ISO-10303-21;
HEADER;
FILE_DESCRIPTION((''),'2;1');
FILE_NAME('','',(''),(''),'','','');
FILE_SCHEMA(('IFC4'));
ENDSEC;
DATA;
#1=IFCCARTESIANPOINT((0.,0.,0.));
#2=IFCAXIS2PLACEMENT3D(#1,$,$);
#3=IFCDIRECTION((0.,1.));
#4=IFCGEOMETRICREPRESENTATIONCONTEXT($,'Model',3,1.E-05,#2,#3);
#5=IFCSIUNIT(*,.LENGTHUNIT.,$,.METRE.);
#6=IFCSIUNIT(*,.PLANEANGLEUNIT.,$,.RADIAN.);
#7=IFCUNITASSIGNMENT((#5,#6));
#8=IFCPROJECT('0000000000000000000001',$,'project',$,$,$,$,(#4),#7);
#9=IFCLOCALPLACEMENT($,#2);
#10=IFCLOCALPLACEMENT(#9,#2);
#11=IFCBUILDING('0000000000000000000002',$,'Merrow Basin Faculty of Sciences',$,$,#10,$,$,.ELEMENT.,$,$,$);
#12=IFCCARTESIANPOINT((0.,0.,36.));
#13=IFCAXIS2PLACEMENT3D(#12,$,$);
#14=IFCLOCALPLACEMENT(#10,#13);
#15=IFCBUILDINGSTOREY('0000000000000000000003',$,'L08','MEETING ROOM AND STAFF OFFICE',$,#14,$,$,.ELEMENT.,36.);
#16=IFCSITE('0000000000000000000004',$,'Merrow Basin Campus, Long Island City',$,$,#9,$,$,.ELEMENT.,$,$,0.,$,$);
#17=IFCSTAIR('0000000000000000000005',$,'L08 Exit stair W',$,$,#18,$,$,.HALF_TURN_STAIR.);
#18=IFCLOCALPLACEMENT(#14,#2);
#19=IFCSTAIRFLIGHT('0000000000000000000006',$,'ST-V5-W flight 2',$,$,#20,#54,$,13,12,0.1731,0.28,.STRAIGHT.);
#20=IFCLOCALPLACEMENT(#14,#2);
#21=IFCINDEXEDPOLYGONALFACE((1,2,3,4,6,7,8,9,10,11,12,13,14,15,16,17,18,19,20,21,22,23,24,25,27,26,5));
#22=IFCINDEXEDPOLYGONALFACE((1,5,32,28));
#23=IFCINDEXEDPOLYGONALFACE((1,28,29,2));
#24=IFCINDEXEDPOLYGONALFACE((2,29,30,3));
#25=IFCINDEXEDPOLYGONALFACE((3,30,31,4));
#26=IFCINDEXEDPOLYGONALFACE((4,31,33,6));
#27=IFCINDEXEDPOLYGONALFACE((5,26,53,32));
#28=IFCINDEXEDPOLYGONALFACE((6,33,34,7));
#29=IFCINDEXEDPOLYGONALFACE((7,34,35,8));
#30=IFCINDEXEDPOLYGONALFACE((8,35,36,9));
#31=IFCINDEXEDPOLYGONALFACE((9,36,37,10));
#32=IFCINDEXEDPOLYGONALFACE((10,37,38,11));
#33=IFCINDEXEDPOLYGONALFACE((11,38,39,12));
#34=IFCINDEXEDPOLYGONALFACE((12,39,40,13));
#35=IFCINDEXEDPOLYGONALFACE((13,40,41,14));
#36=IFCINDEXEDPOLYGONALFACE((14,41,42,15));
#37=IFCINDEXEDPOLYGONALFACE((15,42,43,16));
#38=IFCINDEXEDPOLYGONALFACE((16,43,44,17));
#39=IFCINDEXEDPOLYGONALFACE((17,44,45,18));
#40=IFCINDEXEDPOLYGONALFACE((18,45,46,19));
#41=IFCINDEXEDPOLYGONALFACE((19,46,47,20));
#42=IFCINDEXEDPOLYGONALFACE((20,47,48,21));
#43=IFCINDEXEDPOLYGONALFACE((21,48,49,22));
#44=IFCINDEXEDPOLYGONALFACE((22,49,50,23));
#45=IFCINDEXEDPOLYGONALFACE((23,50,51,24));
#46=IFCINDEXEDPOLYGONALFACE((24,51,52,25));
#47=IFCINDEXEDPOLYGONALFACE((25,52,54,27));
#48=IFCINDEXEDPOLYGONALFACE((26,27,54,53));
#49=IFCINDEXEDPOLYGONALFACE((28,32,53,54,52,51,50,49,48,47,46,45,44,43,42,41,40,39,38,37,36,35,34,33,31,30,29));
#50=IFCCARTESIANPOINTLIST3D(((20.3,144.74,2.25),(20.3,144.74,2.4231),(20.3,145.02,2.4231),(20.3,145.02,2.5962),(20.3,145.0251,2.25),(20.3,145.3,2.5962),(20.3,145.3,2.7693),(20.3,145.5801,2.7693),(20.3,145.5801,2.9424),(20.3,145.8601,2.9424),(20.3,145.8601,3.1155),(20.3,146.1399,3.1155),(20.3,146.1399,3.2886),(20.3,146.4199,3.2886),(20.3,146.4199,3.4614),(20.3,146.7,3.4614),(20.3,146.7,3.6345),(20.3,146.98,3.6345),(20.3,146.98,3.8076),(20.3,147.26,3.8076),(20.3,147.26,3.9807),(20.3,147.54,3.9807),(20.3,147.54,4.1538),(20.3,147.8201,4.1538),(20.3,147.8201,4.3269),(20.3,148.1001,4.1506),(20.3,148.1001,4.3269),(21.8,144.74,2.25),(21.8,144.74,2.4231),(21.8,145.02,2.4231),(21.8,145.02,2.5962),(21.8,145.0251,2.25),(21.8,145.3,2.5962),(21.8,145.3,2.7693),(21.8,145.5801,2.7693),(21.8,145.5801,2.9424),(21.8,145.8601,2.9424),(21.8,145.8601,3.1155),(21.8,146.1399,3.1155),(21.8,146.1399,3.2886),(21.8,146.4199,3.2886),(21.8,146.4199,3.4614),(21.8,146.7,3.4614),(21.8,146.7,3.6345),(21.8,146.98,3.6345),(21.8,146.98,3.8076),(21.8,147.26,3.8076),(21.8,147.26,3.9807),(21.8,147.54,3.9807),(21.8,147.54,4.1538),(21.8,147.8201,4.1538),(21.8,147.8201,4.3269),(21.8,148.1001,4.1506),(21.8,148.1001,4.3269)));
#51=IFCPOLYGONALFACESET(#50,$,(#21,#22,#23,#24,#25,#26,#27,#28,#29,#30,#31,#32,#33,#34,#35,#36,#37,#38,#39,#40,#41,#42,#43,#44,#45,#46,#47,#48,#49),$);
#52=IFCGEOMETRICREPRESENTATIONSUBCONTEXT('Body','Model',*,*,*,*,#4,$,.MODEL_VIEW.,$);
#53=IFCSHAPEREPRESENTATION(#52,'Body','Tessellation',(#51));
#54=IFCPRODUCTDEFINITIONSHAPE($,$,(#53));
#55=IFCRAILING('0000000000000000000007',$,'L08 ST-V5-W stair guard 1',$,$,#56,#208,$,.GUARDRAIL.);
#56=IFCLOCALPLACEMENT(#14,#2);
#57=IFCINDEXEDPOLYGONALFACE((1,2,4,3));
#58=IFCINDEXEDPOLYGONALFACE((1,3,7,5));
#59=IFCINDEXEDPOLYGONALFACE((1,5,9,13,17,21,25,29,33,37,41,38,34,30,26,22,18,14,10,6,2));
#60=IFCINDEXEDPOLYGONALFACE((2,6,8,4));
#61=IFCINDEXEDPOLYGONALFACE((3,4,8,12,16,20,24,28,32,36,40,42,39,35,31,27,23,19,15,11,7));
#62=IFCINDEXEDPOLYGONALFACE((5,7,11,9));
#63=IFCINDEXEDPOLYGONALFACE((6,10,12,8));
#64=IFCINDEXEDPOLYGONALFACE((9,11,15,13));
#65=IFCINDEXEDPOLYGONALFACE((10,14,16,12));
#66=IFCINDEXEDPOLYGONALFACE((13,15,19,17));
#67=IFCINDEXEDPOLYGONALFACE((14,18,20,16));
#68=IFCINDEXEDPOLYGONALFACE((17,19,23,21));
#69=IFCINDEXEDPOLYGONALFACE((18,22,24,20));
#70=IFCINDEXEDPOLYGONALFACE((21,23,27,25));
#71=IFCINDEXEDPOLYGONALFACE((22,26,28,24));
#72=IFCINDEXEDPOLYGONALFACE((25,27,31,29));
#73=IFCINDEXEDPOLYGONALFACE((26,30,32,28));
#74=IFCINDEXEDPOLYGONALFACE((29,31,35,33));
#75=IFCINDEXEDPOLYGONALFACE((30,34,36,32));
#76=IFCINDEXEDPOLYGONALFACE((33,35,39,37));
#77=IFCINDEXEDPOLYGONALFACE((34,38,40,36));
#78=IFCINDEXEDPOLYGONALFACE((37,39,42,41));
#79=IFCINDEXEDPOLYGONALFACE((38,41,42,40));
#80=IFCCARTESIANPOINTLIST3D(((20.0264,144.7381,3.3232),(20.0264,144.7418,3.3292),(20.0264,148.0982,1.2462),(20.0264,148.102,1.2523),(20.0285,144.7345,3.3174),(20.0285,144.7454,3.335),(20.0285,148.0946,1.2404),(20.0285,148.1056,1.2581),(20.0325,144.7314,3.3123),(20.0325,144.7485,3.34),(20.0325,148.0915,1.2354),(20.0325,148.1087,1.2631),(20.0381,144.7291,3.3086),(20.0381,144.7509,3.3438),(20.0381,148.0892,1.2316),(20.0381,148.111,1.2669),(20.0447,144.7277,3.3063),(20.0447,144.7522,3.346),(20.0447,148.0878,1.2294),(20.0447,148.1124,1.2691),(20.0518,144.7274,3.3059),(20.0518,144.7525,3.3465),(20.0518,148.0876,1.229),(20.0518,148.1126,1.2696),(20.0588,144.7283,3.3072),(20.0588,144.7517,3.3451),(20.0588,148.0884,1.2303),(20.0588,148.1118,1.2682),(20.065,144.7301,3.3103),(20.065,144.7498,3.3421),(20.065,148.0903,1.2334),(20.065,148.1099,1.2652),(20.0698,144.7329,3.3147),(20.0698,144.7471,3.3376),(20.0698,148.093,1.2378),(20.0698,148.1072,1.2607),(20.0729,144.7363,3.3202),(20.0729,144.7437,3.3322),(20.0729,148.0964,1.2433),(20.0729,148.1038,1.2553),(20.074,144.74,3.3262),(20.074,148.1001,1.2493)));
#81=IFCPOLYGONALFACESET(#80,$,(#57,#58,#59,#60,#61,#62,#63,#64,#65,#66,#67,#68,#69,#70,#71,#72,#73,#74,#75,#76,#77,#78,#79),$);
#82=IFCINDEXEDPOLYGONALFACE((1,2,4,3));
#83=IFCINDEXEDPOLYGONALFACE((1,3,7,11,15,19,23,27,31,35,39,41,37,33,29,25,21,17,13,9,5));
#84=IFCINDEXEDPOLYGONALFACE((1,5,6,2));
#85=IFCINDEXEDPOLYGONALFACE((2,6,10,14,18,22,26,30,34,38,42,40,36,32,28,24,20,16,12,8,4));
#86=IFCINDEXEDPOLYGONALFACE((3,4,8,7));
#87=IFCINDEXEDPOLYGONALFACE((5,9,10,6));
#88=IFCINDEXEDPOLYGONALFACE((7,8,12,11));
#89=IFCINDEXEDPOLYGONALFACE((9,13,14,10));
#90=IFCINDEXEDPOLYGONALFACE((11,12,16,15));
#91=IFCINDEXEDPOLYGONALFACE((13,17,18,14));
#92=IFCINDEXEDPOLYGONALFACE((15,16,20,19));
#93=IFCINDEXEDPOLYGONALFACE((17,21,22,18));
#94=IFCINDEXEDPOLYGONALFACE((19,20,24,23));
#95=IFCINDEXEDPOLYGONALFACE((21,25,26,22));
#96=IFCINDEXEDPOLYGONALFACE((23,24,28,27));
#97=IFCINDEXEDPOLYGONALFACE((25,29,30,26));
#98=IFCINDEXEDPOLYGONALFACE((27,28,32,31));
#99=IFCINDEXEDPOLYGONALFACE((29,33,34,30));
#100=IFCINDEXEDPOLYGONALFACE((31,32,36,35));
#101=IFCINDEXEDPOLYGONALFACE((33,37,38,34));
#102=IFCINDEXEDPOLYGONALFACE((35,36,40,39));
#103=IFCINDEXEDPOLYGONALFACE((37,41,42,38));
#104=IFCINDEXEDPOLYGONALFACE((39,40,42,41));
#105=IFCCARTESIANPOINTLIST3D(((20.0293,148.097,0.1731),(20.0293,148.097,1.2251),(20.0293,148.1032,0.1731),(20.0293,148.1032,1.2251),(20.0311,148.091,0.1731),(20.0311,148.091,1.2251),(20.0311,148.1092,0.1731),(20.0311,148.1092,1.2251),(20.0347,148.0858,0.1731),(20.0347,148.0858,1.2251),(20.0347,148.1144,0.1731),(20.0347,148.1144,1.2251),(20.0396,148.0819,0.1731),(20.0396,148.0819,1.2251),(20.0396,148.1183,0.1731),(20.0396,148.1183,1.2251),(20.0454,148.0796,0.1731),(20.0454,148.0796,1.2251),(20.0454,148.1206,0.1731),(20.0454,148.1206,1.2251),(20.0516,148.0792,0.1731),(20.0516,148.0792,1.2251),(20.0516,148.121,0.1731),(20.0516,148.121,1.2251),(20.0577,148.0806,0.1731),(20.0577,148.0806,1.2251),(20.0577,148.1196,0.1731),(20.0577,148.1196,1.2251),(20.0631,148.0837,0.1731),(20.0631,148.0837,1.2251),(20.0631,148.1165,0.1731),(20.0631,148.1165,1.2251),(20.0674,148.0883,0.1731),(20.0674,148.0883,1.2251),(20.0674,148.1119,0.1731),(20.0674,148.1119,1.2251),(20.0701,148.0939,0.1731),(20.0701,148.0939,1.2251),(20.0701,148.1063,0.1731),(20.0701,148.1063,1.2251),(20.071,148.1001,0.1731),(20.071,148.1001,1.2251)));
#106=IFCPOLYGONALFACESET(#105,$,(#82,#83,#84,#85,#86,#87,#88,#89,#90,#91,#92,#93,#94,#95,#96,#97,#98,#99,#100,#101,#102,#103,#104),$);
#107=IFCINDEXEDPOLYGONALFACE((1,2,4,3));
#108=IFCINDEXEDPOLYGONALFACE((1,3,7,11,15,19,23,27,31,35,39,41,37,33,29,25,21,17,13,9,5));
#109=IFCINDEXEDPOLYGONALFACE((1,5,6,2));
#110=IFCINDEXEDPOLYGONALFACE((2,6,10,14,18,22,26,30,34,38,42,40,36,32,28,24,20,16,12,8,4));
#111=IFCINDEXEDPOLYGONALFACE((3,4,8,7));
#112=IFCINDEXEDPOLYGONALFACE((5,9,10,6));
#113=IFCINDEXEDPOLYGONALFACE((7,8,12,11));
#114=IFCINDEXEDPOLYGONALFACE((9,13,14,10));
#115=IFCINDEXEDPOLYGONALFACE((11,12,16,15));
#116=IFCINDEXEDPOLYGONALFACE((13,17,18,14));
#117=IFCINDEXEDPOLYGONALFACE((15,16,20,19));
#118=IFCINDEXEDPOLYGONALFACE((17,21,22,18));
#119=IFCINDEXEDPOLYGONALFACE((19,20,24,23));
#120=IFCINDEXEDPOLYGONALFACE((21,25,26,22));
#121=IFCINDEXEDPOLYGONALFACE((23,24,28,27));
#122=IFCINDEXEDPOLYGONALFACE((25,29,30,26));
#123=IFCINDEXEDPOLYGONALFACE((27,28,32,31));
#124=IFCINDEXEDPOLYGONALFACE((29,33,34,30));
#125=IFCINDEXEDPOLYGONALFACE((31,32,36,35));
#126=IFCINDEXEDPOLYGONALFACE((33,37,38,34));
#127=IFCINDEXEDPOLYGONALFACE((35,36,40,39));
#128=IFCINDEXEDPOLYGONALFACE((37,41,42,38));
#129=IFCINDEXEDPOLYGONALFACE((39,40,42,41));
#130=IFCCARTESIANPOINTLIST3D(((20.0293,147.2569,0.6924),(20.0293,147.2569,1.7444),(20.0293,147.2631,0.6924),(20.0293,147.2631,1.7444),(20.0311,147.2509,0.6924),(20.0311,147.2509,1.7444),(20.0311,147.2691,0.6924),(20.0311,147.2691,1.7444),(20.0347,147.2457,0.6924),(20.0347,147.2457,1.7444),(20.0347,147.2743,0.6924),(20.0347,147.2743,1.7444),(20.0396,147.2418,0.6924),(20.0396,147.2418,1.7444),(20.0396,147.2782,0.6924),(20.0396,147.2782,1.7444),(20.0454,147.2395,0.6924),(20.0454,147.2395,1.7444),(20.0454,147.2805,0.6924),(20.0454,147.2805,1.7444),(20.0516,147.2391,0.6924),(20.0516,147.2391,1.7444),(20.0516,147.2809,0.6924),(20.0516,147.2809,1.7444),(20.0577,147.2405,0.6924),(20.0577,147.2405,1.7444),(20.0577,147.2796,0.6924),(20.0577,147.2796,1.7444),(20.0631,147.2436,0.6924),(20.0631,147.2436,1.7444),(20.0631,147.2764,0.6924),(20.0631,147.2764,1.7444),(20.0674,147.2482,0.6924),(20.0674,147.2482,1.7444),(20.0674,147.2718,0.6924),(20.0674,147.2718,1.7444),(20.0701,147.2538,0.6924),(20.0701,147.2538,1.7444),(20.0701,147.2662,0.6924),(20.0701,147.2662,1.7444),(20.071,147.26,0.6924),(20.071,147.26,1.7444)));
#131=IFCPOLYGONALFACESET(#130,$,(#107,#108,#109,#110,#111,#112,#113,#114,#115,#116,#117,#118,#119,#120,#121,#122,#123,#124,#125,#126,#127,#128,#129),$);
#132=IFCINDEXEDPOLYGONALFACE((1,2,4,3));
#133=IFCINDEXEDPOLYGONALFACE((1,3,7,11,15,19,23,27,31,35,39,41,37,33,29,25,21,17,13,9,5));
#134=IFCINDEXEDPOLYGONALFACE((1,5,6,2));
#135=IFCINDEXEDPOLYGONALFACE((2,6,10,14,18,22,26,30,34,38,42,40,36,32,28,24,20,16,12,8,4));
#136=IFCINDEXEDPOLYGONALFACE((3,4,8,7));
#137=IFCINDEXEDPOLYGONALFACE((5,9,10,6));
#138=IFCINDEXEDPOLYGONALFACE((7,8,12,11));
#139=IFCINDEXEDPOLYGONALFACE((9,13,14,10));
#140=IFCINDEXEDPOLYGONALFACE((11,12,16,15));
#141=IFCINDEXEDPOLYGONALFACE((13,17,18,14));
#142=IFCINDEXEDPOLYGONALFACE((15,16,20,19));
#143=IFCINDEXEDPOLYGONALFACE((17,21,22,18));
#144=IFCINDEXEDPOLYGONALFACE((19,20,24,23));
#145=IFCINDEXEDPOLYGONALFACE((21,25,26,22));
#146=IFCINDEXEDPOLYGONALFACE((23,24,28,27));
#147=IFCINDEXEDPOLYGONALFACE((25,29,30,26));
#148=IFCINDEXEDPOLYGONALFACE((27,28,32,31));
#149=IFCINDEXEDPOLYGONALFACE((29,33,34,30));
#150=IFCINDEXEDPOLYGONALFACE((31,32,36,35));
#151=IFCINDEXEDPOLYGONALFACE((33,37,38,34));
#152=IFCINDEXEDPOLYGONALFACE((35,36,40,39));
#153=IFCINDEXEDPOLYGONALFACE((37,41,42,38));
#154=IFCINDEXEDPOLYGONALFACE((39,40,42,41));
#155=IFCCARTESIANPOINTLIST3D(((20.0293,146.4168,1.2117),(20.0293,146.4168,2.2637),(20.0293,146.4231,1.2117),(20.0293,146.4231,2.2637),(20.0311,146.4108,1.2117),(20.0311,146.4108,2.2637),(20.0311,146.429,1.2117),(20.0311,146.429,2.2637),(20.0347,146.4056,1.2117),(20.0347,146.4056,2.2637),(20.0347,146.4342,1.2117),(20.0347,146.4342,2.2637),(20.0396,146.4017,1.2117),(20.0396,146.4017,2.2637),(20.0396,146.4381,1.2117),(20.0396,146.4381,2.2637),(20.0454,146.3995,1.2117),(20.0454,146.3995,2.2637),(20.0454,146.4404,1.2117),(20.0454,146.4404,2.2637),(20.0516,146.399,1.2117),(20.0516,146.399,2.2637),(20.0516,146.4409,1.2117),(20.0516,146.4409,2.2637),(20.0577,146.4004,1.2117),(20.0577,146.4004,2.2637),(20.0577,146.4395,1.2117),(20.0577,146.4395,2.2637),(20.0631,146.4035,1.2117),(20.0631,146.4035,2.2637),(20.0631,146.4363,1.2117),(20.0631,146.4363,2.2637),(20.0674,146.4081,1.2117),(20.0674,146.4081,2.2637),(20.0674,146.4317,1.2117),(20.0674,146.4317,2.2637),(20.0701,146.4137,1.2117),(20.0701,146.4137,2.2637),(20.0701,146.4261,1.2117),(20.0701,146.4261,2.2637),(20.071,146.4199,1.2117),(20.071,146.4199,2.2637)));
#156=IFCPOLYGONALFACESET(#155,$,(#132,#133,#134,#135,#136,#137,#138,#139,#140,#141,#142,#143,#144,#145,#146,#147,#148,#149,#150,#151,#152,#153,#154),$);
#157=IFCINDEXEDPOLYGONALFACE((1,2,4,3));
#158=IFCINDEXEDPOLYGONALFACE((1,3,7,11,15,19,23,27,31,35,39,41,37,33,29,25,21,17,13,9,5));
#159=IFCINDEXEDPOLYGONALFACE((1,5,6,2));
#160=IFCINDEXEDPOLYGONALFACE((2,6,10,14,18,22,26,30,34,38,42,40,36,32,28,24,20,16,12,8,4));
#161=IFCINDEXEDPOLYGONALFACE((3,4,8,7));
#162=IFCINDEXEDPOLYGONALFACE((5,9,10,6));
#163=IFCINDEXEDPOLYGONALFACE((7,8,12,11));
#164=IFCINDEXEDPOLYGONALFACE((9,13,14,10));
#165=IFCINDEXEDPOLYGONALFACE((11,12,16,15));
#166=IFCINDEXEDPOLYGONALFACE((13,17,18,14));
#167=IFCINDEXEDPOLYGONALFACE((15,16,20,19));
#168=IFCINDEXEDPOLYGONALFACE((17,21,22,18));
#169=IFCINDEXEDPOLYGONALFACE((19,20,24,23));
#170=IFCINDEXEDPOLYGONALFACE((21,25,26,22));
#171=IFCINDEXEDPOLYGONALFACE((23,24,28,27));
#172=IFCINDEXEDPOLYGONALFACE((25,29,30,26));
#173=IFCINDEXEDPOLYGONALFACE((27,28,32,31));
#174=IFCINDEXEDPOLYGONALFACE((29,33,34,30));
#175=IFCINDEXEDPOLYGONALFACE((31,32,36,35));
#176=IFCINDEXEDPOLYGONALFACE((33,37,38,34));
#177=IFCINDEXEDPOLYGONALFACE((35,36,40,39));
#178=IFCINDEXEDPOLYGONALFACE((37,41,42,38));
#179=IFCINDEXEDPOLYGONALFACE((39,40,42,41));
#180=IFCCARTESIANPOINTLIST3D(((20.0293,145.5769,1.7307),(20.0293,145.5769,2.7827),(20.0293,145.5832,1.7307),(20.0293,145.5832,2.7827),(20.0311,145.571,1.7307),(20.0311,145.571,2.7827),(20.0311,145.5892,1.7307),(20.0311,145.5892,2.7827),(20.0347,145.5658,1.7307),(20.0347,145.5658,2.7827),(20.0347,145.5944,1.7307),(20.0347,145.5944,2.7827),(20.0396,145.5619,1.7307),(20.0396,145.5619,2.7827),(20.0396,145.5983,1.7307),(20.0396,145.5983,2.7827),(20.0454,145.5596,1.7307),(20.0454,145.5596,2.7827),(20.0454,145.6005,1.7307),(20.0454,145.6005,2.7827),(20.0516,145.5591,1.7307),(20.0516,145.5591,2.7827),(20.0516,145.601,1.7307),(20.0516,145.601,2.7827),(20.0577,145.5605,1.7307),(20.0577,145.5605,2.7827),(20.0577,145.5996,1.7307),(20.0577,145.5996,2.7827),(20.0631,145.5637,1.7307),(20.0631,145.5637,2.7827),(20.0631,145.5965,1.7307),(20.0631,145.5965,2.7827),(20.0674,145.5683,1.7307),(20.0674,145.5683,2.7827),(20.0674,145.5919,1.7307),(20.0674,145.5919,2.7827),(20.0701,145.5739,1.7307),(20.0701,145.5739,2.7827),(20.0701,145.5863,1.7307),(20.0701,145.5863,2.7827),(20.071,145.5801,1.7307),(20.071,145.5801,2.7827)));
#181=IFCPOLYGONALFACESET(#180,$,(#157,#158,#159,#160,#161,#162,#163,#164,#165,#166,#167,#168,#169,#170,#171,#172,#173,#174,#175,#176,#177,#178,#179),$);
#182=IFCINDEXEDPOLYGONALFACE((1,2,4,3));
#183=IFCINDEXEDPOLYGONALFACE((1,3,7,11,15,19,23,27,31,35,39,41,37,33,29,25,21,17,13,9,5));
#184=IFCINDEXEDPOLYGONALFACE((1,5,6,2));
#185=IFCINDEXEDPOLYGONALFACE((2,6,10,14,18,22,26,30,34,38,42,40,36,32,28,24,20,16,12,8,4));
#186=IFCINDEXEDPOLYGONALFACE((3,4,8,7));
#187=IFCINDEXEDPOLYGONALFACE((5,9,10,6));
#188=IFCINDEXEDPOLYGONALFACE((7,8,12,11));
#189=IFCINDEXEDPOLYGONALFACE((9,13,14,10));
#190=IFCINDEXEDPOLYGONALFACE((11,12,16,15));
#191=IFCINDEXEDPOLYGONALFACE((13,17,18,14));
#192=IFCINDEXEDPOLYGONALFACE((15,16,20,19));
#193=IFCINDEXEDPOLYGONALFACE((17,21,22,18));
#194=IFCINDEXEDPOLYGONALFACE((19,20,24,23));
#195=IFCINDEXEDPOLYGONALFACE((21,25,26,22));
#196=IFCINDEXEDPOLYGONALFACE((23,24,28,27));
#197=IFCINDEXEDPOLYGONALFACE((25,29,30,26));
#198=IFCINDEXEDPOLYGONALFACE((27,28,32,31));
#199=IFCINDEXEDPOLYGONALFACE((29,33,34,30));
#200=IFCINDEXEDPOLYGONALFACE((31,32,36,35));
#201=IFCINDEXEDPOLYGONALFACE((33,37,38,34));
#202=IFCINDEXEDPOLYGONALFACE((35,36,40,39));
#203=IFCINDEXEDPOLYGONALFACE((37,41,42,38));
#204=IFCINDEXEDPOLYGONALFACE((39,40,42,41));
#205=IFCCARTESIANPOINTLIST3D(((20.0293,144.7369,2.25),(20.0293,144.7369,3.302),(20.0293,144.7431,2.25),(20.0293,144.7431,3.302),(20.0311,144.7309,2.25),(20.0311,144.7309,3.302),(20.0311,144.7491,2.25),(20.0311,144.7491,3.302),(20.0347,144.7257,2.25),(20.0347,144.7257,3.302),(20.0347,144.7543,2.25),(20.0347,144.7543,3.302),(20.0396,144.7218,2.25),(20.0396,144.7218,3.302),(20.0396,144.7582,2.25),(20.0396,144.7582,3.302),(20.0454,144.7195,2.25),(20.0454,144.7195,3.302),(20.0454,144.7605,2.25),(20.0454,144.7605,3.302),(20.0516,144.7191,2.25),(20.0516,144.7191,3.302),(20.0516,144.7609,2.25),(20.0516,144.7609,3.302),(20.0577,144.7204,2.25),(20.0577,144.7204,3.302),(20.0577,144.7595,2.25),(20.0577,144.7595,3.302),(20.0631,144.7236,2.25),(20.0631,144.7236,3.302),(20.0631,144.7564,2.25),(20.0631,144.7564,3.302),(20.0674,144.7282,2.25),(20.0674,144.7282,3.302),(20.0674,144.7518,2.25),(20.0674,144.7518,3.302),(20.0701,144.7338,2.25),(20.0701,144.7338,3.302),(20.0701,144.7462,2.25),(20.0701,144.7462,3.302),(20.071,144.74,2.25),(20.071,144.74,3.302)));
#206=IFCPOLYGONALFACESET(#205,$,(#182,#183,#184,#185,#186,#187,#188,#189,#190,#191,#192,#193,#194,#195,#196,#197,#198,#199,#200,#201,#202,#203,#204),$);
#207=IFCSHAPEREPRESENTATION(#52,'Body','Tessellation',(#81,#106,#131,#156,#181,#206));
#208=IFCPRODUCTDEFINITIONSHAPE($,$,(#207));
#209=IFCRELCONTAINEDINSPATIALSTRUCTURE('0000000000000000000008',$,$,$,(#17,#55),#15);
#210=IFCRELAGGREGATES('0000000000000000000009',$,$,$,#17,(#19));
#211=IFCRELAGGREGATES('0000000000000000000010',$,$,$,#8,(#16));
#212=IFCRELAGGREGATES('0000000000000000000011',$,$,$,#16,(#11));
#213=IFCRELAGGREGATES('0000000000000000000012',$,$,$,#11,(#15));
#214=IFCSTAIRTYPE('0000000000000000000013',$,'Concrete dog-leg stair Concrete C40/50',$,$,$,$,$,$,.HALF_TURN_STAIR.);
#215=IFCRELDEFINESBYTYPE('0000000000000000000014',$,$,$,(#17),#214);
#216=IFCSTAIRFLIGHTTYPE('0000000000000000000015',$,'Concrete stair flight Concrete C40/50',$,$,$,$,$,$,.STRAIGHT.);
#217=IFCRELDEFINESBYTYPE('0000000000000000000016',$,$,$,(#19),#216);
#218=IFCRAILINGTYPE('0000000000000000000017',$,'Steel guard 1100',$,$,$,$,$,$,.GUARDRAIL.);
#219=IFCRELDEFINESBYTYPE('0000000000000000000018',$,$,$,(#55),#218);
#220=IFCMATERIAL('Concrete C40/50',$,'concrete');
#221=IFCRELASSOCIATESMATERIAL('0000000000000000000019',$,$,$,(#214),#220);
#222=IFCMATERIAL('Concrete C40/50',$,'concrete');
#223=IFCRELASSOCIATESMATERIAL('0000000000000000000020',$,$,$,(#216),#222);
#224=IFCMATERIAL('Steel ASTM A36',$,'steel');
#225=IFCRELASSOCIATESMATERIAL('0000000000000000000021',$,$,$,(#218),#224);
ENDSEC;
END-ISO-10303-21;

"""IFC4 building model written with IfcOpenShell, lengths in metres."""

from ifc_helpers import new_model, si_unit, direction, frame, origin, origin_2d, place, context, subcontext, project, spatial, polyline, circle, outline, extrude, material, type_object, element, aggregate, save


model = new_model("IFC4")

# Units and contexts
model_context = context("Model", 3, precision=1e-05, world=origin(), true_north=direction((0.0, 1.0)))
body_context = subcontext(model_context, "Body", "Model", "MODEL_VIEW")
ifc_project = project(units=[si_unit("LENGTHUNIT", "METRE"), si_unit("PLANEANGLEUNIT", "RADIAN")], contexts=[model_context])

# Site, building, storey
site_placement = place(None, origin())
site = spatial("IfcSite", under=ifc_project, at=site_placement, Name="Merrow Basin Campus, Long Island City", CompositionType="ELEMENT", RefElevation=0.0)
building_placement = place(site_placement, origin())
building = spatial("IfcBuilding", under=site, at=building_placement, Name="Merrow Basin Faculty of Sciences", CompositionType="ELEMENT")
storey_placement = place(building_placement, frame((0.0, 0.0, 36.0)))
storey = spatial("IfcBuildingStorey", under=building, at=storey_placement, Name="L08", Description="MEETING ROOM AND STAFF OFFICE", CompositionType="ELEMENT", Elevation=36.0)

# Stair, stair flight
ifc_material_1 = material(Name="Concrete C40/50", Category="concrete")
stair_type = type_object("IfcStairType", Name="Concrete dog-leg stair Concrete C40/50", PredefinedType="HALF_TURN_STAIR", material=ifc_material_1)
stair_placement = place(storey_placement, origin())
stair = element("IfcStair", 1, at=stair_placement, inside=storey, type_object=stair_type, Name="L08 Exit stair W", PredefinedType="HALF_TURN_STAIR")
ifc_material_2 = material(Name="Concrete C40/50", Category="concrete")
stair_flight_type = type_object("IfcStairFlightType", Name="Concrete stair flight Concrete C40/50", PredefinedType="STRAIGHT", material=ifc_material_2)
stair_flight_1_placement = place(storey_placement, frame((21.05, 144.74, 2.25), z_axis=(0.0, 0.0, 1.0), x_axis=(0.0, 1.0, 0.0)))
stair_flight_1 = element("IfcStairFlight", 2, at=stair_flight_1_placement, type_object=stair_flight_type, Name="ST-V5-W flight 2", NumberOfRisers=13, NumberOfTreads=12, PredefinedType="STRAIGHT", RiserHeight=0.1731, TreadLength=0.28, context=body_context, shape_type="SweptSolid", body=[
    extrude(outline(polyline([(0.0, 0.0), (0.0, 0.1731), (0.28, 0.1731), (0.28, 0.3462), (0.5601, 0.3462), (0.5601, 0.5193), (0.8401, 0.5193), (0.8401, 0.6924), (1.1201, 0.6924), (1.1201, 0.8655), (1.3999, 0.8655), (1.3999, 1.0386), (1.6799, 1.0386), (1.6799, 1.2114), (1.96, 1.2114), (1.96, 1.3845), (2.24, 1.3845), (2.24, 1.5576), (2.52, 1.5576), (2.52, 1.7307), (2.8, 1.7307), (2.8, 1.9038), (3.0801, 1.9038), (3.0801, 2.0769), (3.3601, 2.0769), (3.3601, 2.25), (3.3601, 1.9006), (0.2852, 0.0), (0.0, 0.0)])), frame((0.0, 0.75, 0.0), z_axis=(0.0, -1.0, 0.0), x_axis=(1.0, 0.0, 0.0)), (0.0, 0.0, 1.0), 1.5),
])
aggregate(stair, [stair_flight_1])

# Railing
ifc_material_3 = material(Name="Steel ASTM A36", Category="steel")
railing_type_1 = type_object("IfcRailingType", Name="Steel guard 1100", PredefinedType="GUARDRAIL", material=ifc_material_3)
railing_1_placement = place(storey_placement, frame((20.05, 148.1001, 0.1731)))
element("IfcRailing", 3, at=railing_1_placement, inside=storey, type_object=railing_type_1, Name="L08 ST-V5-W stair guard 1", PredefinedType="GUARDRAIL", context=body_context, shape_type="SweptSolid", body=[
    extrude(circle(Radius=0.0239, at=origin_2d()), frame((0.0, 0.0, 1.0762), z_axis=(0.0, -0.850623, 0.525776), x_axis=(1.0, 0.0, 0.0)), (0.0, 0.0, 1.0), 3.9502),
    extrude(circle(Radius=0.021, at=origin_2d()), origin(), (0.0, 0.0, 1.0), 1.052),
    extrude(circle(Radius=0.021, at=origin_2d()), frame((0.0, -0.8401, 0.5193)), (0.0, 0.0, 1.0), 1.052),
    extrude(circle(Radius=0.021, at=origin_2d()), frame((0.0, -1.6802, 1.0386)), (0.0, 0.0, 1.0), 1.052),
    extrude(circle(Radius=0.021, at=origin_2d()), frame((0.0, -2.52, 1.5576)), (0.0, 0.0, 1.0), 1.052),
    extrude(circle(Radius=0.021, at=origin_2d()), frame((0.0, -3.3601, 2.0769)), (0.0, 0.0, 1.0), 1.052),
])

save(model, "model.ifc")
